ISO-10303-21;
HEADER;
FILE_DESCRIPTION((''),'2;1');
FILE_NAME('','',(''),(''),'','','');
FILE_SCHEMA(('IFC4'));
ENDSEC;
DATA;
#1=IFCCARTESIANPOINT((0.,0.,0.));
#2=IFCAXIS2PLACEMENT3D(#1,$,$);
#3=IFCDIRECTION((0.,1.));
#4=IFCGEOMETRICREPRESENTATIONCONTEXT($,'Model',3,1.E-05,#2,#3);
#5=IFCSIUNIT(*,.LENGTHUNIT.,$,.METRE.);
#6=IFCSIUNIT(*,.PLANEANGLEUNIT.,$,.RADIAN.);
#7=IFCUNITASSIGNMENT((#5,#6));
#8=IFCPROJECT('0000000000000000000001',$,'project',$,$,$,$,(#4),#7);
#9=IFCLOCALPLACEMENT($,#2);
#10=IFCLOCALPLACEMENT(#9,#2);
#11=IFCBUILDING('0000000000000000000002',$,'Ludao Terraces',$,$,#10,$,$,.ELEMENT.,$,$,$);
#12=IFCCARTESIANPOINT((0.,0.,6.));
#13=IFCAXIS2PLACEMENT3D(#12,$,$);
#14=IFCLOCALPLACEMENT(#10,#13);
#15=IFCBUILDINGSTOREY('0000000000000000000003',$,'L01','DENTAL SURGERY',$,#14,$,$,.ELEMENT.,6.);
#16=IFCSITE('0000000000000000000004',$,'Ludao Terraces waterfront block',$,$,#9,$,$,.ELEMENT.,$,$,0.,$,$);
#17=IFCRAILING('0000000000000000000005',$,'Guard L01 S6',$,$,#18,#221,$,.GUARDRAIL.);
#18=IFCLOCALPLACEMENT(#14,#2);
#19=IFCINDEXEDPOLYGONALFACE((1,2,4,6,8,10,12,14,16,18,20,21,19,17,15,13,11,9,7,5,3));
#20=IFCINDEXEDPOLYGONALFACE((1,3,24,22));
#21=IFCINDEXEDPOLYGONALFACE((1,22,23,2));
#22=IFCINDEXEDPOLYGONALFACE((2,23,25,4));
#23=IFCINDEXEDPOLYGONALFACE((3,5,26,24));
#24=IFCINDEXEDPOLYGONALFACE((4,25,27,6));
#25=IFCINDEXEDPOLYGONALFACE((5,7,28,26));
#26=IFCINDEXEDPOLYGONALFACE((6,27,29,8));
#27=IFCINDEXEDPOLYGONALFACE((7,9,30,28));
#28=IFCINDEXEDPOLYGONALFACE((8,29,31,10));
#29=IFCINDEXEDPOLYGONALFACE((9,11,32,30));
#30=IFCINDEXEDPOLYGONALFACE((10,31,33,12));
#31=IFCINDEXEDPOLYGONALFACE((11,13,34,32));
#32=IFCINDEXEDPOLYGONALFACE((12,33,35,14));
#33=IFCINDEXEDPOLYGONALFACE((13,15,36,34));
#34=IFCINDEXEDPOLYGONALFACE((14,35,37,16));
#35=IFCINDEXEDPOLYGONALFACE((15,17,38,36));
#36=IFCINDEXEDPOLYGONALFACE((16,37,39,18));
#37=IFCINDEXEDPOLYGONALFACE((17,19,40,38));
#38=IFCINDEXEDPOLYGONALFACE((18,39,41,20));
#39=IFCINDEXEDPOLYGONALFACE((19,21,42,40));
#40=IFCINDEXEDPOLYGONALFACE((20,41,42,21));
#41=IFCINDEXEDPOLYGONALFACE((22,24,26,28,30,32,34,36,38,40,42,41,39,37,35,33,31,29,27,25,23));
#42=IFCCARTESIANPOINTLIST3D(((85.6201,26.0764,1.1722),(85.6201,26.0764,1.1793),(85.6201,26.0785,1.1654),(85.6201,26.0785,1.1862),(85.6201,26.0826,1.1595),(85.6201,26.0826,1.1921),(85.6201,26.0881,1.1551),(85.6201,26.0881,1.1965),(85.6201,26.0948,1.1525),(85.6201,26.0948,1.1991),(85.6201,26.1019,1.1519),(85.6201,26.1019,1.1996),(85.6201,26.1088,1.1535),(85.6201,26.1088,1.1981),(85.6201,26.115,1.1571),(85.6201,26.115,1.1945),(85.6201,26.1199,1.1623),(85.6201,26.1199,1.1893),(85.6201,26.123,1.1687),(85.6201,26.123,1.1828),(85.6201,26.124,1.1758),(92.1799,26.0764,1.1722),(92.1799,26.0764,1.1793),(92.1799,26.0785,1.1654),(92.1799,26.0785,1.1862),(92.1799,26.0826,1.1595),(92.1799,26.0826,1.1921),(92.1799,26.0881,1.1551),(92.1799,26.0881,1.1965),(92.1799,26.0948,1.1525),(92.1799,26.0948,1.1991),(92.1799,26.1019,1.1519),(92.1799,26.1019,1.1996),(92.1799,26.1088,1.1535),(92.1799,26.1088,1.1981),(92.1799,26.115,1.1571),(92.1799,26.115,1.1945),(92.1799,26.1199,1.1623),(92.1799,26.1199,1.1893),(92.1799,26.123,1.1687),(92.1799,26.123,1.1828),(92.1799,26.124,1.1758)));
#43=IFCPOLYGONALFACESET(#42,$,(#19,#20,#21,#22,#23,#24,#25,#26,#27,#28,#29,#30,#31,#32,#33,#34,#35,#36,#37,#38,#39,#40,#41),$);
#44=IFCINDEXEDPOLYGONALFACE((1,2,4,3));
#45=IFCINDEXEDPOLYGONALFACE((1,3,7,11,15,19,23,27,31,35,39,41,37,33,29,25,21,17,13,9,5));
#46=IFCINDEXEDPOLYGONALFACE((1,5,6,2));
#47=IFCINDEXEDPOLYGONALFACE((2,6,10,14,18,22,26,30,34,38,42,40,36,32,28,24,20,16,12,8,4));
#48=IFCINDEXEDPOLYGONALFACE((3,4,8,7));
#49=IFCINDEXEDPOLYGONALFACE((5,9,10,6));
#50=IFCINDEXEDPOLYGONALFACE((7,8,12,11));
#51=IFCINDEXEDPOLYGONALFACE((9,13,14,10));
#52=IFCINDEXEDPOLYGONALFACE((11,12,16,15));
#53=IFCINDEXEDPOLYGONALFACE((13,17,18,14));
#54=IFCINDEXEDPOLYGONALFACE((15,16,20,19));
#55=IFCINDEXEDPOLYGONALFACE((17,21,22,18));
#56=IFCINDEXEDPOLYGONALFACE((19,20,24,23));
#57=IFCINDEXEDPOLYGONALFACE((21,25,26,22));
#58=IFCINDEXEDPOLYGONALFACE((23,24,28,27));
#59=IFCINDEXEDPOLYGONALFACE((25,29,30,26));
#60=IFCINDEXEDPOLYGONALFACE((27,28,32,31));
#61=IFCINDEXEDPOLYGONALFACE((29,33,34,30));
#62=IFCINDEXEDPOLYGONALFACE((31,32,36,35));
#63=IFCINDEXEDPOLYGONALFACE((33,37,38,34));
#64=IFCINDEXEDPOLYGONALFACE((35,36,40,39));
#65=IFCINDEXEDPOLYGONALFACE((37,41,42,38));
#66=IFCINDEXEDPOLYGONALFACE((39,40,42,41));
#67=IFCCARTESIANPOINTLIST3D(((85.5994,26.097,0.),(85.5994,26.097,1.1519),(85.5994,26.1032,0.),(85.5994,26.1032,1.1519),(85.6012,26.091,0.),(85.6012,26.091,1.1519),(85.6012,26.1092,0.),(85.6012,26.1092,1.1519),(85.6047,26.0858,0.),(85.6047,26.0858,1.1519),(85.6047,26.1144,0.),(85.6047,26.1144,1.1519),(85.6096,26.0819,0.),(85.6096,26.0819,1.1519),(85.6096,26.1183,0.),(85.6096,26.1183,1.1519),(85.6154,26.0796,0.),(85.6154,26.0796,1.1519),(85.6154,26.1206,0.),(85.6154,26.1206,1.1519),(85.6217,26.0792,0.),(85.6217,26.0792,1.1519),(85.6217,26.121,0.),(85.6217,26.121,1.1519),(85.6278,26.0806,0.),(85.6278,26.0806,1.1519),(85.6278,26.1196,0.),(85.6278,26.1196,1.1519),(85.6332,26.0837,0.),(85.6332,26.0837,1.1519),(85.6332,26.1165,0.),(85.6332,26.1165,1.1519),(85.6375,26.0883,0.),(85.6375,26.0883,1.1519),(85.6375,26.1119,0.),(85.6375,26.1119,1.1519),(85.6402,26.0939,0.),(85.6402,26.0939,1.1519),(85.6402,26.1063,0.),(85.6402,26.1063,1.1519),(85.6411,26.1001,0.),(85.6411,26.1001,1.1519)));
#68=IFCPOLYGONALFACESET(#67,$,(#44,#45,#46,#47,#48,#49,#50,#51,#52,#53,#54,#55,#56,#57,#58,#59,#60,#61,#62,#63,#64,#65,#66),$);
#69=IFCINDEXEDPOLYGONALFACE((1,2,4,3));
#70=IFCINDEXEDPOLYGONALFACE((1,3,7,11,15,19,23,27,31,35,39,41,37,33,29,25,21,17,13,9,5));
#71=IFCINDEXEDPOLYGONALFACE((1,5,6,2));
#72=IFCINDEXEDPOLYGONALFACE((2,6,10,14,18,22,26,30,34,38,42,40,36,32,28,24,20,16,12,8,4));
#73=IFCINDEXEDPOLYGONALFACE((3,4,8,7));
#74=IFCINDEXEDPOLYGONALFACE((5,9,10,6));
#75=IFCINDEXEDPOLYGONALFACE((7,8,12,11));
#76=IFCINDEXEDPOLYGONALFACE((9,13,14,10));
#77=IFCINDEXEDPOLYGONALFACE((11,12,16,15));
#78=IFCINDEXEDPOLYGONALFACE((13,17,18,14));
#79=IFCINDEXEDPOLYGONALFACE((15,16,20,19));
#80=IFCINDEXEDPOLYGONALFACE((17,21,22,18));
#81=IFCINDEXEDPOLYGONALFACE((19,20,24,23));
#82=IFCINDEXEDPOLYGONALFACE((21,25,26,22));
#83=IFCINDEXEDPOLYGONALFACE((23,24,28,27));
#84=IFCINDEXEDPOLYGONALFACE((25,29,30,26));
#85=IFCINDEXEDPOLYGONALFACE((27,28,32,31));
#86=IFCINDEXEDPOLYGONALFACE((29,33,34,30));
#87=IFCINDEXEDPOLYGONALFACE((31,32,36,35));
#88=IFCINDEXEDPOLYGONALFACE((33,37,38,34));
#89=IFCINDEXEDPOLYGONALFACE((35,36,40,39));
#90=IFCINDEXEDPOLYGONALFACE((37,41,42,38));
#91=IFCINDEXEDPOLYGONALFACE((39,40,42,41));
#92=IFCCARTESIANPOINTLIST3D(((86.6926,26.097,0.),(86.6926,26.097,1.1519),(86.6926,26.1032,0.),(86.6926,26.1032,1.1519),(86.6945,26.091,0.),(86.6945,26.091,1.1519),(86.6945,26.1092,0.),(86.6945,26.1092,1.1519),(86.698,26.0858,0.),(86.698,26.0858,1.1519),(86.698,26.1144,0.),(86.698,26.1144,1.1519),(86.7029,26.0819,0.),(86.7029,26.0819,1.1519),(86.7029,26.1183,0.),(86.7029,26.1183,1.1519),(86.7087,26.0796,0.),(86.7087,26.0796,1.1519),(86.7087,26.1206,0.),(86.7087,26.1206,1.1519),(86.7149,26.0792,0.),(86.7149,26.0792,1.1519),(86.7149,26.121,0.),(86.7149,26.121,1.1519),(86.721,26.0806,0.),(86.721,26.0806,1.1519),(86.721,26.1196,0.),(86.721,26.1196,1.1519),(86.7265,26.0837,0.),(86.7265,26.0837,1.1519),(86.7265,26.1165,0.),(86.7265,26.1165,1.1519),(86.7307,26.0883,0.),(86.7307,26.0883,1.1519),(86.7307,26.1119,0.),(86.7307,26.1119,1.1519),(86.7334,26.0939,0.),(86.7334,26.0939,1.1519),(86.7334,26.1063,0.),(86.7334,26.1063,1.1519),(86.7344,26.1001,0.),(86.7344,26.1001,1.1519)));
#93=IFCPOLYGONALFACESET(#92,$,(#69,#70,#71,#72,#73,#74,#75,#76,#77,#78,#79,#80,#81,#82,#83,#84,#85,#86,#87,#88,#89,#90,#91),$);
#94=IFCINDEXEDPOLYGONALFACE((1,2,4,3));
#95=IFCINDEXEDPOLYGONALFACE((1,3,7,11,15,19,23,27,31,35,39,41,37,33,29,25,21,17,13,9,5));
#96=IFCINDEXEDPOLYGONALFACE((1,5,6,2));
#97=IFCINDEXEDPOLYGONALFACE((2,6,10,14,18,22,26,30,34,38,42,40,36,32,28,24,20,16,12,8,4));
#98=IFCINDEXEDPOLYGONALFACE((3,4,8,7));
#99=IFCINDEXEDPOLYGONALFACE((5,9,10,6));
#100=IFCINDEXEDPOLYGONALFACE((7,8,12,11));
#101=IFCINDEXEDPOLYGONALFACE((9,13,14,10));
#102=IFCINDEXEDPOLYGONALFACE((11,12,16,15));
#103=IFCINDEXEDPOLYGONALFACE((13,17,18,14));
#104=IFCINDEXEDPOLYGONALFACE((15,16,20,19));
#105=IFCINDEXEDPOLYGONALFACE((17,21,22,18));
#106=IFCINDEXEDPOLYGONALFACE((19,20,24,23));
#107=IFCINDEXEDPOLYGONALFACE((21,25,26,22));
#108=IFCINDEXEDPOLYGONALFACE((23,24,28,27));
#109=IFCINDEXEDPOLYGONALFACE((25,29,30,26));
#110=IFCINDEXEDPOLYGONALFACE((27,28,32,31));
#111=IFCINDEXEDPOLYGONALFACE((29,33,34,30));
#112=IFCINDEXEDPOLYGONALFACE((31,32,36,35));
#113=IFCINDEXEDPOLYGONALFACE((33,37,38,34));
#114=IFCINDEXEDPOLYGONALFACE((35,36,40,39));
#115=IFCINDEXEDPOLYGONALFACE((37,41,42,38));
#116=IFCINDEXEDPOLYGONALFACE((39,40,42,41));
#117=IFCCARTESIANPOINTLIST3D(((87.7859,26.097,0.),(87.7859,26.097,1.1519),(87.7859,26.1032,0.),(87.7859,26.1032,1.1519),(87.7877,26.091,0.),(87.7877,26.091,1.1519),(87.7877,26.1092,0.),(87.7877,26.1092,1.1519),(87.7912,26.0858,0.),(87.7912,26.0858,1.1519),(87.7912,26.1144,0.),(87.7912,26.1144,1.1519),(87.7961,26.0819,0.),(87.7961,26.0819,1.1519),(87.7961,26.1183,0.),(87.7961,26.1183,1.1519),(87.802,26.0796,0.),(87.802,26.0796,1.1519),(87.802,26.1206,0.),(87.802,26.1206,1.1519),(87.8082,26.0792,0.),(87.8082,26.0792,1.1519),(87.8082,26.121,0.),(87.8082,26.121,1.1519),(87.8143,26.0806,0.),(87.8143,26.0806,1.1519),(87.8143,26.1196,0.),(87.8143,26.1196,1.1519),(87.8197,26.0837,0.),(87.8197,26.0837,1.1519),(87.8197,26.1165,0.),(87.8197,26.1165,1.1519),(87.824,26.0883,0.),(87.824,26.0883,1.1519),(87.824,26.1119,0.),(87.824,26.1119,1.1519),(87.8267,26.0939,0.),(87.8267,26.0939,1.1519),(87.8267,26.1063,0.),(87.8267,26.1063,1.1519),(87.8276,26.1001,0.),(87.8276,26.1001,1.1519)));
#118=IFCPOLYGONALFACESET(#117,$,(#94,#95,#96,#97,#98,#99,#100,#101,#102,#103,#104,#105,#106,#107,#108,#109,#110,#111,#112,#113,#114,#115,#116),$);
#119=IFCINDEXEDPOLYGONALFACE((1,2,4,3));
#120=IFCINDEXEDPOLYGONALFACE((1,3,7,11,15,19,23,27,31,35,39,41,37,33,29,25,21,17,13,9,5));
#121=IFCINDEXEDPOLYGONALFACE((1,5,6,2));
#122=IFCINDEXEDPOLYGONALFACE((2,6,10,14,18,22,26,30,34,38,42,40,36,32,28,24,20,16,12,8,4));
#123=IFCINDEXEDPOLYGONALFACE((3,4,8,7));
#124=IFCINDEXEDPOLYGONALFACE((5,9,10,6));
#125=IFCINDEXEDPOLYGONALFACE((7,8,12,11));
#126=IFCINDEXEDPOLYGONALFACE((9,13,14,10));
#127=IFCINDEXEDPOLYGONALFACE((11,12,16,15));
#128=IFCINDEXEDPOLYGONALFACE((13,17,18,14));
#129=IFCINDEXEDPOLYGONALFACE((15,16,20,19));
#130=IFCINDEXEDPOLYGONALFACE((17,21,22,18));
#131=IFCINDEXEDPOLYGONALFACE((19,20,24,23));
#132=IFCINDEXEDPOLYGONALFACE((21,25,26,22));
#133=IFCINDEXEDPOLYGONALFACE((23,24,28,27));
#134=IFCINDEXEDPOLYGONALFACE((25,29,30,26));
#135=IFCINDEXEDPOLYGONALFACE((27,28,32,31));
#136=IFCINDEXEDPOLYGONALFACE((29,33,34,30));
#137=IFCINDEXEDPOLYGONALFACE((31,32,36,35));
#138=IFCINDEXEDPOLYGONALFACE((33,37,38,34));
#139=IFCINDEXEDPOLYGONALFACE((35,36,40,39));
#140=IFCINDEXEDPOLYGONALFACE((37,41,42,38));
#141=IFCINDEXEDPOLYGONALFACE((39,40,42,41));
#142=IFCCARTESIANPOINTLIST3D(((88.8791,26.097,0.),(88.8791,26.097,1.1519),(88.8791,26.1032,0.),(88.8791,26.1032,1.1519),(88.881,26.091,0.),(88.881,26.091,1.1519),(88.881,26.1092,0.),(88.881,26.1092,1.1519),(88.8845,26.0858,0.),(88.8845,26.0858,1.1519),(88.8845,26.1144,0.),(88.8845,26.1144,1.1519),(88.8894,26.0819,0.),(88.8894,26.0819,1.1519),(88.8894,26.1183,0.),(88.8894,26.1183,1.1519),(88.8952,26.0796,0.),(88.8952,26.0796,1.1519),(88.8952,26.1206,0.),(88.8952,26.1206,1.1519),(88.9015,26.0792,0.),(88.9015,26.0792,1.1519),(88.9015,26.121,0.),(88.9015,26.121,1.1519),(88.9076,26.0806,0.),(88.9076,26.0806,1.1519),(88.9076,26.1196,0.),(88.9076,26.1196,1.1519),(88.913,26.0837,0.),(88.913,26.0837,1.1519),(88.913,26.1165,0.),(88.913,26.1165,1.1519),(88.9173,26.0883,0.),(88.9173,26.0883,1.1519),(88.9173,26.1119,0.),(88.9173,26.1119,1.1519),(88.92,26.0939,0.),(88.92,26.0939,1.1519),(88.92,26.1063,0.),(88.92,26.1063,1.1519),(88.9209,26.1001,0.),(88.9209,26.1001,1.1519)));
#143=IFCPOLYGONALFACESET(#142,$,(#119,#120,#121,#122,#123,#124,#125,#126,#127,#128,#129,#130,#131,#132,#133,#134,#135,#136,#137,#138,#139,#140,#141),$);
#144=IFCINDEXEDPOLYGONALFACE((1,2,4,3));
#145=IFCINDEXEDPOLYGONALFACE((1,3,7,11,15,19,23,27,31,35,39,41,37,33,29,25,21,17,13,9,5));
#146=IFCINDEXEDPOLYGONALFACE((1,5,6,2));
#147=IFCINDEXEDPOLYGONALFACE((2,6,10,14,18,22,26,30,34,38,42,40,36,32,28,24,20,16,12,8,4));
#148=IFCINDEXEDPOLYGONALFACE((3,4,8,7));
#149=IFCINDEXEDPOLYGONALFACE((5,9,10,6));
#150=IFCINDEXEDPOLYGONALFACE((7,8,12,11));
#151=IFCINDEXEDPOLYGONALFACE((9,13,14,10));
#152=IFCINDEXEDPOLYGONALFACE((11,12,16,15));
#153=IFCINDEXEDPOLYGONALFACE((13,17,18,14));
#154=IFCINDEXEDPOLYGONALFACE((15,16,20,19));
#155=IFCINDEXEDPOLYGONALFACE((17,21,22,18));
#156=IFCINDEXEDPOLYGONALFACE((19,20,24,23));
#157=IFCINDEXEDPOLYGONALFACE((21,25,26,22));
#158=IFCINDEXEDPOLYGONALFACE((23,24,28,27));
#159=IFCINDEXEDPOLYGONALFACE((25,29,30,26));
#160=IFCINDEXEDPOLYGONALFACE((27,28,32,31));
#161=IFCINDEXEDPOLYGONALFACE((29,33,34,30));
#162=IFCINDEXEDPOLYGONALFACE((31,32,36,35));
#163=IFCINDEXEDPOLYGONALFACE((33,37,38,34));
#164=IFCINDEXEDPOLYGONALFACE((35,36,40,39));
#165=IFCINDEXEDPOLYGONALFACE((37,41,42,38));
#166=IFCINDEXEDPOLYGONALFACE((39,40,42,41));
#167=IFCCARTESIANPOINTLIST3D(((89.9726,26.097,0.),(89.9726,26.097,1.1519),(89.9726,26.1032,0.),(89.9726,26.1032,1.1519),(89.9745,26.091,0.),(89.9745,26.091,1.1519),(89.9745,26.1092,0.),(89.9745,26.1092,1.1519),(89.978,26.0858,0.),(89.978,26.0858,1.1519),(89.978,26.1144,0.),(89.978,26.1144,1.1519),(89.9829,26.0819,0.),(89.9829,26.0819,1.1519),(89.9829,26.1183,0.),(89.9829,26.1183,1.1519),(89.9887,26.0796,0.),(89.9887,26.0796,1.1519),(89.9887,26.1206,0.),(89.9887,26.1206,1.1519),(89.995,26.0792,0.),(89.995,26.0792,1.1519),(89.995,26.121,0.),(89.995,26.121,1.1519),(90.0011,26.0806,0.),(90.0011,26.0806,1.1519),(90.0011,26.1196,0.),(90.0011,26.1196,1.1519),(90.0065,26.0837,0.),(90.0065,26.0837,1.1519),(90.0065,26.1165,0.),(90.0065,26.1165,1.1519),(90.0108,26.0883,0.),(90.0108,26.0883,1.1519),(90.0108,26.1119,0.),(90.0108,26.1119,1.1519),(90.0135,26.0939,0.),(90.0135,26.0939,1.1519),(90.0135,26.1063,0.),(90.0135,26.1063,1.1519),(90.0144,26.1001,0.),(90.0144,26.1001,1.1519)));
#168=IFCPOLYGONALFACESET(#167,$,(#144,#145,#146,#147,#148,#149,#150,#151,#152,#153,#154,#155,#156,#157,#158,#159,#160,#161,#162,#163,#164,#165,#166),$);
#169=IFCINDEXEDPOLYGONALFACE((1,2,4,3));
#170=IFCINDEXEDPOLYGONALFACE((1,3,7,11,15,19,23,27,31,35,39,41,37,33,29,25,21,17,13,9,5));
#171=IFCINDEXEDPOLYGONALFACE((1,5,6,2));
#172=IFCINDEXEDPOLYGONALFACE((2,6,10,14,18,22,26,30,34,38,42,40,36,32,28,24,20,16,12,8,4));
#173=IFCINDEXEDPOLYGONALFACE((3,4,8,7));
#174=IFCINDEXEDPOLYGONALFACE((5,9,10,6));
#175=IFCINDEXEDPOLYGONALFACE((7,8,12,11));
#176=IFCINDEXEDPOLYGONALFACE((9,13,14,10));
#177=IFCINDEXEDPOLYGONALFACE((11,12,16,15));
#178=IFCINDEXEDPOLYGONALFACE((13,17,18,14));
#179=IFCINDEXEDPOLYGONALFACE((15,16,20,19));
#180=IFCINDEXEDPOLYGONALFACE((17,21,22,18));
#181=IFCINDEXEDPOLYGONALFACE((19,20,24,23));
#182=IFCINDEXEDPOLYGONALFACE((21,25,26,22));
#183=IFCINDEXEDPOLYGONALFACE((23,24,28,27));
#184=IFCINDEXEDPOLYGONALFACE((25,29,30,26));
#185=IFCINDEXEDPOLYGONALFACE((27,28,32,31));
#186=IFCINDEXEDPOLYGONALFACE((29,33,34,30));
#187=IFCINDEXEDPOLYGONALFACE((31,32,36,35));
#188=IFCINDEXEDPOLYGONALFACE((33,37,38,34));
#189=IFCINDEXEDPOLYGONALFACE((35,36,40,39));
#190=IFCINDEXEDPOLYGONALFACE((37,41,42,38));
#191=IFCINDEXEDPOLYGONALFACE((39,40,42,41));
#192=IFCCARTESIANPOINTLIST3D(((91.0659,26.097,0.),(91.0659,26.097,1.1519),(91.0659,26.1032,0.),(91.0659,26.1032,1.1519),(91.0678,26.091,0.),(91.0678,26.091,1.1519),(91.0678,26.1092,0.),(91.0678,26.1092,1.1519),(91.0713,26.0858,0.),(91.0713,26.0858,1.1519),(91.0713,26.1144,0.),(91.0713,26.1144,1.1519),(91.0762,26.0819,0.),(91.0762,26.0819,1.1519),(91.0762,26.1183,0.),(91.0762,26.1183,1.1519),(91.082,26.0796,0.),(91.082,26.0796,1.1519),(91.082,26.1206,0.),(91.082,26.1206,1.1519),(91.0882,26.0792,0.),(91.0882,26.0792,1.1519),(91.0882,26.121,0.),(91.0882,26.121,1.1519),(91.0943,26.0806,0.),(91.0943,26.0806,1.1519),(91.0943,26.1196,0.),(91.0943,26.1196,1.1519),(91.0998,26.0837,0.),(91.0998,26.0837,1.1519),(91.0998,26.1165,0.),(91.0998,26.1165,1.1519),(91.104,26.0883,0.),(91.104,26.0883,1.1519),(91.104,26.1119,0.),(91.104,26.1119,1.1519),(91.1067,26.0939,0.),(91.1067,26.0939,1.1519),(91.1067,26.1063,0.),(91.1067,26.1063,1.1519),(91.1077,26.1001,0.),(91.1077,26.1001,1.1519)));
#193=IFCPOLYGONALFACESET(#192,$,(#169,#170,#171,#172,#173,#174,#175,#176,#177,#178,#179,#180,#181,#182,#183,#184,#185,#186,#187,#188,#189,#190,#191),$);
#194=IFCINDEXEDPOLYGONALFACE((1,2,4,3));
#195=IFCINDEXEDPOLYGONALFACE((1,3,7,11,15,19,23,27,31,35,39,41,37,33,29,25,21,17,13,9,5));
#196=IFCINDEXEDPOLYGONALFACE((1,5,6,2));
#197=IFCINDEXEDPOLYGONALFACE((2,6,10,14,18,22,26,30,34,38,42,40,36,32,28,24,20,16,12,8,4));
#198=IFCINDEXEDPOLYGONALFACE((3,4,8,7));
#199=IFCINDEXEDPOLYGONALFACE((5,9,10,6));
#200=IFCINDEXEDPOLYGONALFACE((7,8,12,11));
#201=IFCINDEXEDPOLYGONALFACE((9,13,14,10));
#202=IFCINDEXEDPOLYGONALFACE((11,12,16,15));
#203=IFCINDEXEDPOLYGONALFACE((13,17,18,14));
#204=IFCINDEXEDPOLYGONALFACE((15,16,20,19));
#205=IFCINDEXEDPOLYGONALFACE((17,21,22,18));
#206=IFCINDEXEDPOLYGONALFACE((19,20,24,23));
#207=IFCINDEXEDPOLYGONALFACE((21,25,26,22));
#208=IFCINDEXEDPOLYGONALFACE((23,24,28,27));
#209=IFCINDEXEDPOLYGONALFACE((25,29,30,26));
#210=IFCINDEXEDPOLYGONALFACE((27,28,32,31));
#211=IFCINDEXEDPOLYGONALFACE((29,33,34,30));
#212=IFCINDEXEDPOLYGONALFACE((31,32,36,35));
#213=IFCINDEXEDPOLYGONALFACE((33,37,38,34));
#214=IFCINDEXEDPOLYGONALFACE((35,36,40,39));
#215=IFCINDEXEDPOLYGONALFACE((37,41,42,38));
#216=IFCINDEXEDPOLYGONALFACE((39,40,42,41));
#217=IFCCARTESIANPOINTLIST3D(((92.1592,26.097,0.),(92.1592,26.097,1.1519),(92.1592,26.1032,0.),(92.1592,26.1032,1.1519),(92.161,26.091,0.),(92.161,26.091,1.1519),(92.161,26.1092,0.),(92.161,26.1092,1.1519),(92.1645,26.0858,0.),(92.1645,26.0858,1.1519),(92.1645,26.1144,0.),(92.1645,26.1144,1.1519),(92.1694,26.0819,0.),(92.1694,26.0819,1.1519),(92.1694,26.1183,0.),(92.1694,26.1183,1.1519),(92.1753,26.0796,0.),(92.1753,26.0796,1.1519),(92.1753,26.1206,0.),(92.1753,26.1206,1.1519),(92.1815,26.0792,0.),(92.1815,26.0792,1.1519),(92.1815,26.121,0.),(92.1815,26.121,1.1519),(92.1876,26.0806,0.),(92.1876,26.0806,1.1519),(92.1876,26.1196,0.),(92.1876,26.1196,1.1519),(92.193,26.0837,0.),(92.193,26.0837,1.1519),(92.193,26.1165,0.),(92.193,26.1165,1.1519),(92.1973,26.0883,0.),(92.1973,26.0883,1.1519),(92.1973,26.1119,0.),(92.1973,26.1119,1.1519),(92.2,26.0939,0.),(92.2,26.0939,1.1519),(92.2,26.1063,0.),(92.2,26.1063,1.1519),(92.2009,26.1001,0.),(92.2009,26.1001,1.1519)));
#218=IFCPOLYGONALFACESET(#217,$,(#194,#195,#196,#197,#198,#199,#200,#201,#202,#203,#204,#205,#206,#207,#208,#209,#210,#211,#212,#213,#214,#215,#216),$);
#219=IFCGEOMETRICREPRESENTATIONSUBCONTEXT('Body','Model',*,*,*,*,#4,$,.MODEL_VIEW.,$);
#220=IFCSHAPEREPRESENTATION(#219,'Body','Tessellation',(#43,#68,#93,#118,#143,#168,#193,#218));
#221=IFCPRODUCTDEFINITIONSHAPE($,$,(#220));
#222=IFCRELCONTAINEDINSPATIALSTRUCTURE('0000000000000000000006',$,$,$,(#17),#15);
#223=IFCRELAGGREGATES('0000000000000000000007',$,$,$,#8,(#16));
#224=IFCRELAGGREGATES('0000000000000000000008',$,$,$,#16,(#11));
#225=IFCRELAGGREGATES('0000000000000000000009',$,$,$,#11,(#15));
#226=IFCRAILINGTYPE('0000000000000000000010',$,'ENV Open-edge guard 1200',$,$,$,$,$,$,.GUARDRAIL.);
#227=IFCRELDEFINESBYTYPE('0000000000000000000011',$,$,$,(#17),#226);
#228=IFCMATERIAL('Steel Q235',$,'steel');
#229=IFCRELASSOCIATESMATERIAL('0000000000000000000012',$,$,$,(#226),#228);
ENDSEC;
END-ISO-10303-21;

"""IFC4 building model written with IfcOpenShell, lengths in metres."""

from ifc_helpers import new_model, si_unit, direction, frame, origin, origin_2d, place, context, subcontext, project, spatial, circle, extrude, material, type_object, element, save


model = new_model("IFC4")

# Units and contexts
model_context = context("Model", 3, precision=1e-05, world=origin(), true_north=direction((0.0, 1.0)))
body_context = subcontext(model_context, "Body", "Model", "MODEL_VIEW")
ifc_project = project(units=[si_unit("LENGTHUNIT", "METRE"), si_unit("PLANEANGLEUNIT", "RADIAN")], contexts=[model_context])

# Site, building, storey
site_placement = place(None, origin())
site = spatial("IfcSite", under=ifc_project, at=site_placement, Name="Ludao Terraces waterfront block", CompositionType="ELEMENT", RefElevation=0.0)
building_placement = place(site_placement, origin())
building = spatial("IfcBuilding", under=site, at=building_placement, Name="Ludao Terraces", CompositionType="ELEMENT")
storey_placement = place(building_placement, frame((0.0, 0.0, 6.0)))
storey = spatial("IfcBuildingStorey", under=building, at=storey_placement, Name="L01", Description="DENTAL SURGERY", CompositionType="ELEMENT", Elevation=6.0)

# Shared definitions
ifc_material_1 = material(Name="Steel Q235", Category="steel")

# Railing
railing_type = type_object("IfcRailingType", Name="ENV Open-edge guard 1200", PredefinedType="GUARDRAIL", material=ifc_material_1)
railing_1_placement = place(storey_placement, frame((85.6201, 26.1001, 0.0)))
element("IfcRailing", 1, at=railing_1_placement, inside=storey, type_object=railing_type, Name="Guard L01 S6", PredefinedType="GUARDRAIL", context=body_context, shape_type="SweptSolid", body=[
    extrude(circle(Radius=0.0239, at=origin_2d()), frame((0.0, 0.0, 1.1758), z_axis=(1.0, 0.0, 0.0), x_axis=(0.0, 1.0, 0.0)), (0.0, 0.0, 1.0), 6.5598),
    extrude(circle(Radius=0.021, at=origin_2d()), origin(), (0.0, 0.0, 1.0), 1.1519),
    extrude(circle(Radius=0.021, at=origin_2d()), frame((1.0933, 0.0, 0.0)), (0.0, 0.0, 1.0), 1.1519),
    extrude(circle(Radius=0.021, at=origin_2d()), frame((2.1865, 0.0, 0.0)), (0.0, 0.0, 1.0), 1.1519),
    extrude(circle(Radius=0.021, at=origin_2d()), frame((3.2798, 0.0, 0.0)), (0.0, 0.0, 1.0), 1.1519),
    extrude(circle(Radius=0.021, at=origin_2d()), frame((4.3733, 0.0, 0.0)), (0.0, 0.0, 1.0), 1.1519),
    extrude(circle(Radius=0.021, at=origin_2d()), frame((5.4666, 0.0, 0.0)), (0.0, 0.0, 1.0), 1.1519),
    extrude(circle(Radius=0.021, at=origin_2d()), frame((6.5598, 0.0, 0.0)), (0.0, 0.0, 1.0), 1.1519),
])

save(model, "model.ifc")
